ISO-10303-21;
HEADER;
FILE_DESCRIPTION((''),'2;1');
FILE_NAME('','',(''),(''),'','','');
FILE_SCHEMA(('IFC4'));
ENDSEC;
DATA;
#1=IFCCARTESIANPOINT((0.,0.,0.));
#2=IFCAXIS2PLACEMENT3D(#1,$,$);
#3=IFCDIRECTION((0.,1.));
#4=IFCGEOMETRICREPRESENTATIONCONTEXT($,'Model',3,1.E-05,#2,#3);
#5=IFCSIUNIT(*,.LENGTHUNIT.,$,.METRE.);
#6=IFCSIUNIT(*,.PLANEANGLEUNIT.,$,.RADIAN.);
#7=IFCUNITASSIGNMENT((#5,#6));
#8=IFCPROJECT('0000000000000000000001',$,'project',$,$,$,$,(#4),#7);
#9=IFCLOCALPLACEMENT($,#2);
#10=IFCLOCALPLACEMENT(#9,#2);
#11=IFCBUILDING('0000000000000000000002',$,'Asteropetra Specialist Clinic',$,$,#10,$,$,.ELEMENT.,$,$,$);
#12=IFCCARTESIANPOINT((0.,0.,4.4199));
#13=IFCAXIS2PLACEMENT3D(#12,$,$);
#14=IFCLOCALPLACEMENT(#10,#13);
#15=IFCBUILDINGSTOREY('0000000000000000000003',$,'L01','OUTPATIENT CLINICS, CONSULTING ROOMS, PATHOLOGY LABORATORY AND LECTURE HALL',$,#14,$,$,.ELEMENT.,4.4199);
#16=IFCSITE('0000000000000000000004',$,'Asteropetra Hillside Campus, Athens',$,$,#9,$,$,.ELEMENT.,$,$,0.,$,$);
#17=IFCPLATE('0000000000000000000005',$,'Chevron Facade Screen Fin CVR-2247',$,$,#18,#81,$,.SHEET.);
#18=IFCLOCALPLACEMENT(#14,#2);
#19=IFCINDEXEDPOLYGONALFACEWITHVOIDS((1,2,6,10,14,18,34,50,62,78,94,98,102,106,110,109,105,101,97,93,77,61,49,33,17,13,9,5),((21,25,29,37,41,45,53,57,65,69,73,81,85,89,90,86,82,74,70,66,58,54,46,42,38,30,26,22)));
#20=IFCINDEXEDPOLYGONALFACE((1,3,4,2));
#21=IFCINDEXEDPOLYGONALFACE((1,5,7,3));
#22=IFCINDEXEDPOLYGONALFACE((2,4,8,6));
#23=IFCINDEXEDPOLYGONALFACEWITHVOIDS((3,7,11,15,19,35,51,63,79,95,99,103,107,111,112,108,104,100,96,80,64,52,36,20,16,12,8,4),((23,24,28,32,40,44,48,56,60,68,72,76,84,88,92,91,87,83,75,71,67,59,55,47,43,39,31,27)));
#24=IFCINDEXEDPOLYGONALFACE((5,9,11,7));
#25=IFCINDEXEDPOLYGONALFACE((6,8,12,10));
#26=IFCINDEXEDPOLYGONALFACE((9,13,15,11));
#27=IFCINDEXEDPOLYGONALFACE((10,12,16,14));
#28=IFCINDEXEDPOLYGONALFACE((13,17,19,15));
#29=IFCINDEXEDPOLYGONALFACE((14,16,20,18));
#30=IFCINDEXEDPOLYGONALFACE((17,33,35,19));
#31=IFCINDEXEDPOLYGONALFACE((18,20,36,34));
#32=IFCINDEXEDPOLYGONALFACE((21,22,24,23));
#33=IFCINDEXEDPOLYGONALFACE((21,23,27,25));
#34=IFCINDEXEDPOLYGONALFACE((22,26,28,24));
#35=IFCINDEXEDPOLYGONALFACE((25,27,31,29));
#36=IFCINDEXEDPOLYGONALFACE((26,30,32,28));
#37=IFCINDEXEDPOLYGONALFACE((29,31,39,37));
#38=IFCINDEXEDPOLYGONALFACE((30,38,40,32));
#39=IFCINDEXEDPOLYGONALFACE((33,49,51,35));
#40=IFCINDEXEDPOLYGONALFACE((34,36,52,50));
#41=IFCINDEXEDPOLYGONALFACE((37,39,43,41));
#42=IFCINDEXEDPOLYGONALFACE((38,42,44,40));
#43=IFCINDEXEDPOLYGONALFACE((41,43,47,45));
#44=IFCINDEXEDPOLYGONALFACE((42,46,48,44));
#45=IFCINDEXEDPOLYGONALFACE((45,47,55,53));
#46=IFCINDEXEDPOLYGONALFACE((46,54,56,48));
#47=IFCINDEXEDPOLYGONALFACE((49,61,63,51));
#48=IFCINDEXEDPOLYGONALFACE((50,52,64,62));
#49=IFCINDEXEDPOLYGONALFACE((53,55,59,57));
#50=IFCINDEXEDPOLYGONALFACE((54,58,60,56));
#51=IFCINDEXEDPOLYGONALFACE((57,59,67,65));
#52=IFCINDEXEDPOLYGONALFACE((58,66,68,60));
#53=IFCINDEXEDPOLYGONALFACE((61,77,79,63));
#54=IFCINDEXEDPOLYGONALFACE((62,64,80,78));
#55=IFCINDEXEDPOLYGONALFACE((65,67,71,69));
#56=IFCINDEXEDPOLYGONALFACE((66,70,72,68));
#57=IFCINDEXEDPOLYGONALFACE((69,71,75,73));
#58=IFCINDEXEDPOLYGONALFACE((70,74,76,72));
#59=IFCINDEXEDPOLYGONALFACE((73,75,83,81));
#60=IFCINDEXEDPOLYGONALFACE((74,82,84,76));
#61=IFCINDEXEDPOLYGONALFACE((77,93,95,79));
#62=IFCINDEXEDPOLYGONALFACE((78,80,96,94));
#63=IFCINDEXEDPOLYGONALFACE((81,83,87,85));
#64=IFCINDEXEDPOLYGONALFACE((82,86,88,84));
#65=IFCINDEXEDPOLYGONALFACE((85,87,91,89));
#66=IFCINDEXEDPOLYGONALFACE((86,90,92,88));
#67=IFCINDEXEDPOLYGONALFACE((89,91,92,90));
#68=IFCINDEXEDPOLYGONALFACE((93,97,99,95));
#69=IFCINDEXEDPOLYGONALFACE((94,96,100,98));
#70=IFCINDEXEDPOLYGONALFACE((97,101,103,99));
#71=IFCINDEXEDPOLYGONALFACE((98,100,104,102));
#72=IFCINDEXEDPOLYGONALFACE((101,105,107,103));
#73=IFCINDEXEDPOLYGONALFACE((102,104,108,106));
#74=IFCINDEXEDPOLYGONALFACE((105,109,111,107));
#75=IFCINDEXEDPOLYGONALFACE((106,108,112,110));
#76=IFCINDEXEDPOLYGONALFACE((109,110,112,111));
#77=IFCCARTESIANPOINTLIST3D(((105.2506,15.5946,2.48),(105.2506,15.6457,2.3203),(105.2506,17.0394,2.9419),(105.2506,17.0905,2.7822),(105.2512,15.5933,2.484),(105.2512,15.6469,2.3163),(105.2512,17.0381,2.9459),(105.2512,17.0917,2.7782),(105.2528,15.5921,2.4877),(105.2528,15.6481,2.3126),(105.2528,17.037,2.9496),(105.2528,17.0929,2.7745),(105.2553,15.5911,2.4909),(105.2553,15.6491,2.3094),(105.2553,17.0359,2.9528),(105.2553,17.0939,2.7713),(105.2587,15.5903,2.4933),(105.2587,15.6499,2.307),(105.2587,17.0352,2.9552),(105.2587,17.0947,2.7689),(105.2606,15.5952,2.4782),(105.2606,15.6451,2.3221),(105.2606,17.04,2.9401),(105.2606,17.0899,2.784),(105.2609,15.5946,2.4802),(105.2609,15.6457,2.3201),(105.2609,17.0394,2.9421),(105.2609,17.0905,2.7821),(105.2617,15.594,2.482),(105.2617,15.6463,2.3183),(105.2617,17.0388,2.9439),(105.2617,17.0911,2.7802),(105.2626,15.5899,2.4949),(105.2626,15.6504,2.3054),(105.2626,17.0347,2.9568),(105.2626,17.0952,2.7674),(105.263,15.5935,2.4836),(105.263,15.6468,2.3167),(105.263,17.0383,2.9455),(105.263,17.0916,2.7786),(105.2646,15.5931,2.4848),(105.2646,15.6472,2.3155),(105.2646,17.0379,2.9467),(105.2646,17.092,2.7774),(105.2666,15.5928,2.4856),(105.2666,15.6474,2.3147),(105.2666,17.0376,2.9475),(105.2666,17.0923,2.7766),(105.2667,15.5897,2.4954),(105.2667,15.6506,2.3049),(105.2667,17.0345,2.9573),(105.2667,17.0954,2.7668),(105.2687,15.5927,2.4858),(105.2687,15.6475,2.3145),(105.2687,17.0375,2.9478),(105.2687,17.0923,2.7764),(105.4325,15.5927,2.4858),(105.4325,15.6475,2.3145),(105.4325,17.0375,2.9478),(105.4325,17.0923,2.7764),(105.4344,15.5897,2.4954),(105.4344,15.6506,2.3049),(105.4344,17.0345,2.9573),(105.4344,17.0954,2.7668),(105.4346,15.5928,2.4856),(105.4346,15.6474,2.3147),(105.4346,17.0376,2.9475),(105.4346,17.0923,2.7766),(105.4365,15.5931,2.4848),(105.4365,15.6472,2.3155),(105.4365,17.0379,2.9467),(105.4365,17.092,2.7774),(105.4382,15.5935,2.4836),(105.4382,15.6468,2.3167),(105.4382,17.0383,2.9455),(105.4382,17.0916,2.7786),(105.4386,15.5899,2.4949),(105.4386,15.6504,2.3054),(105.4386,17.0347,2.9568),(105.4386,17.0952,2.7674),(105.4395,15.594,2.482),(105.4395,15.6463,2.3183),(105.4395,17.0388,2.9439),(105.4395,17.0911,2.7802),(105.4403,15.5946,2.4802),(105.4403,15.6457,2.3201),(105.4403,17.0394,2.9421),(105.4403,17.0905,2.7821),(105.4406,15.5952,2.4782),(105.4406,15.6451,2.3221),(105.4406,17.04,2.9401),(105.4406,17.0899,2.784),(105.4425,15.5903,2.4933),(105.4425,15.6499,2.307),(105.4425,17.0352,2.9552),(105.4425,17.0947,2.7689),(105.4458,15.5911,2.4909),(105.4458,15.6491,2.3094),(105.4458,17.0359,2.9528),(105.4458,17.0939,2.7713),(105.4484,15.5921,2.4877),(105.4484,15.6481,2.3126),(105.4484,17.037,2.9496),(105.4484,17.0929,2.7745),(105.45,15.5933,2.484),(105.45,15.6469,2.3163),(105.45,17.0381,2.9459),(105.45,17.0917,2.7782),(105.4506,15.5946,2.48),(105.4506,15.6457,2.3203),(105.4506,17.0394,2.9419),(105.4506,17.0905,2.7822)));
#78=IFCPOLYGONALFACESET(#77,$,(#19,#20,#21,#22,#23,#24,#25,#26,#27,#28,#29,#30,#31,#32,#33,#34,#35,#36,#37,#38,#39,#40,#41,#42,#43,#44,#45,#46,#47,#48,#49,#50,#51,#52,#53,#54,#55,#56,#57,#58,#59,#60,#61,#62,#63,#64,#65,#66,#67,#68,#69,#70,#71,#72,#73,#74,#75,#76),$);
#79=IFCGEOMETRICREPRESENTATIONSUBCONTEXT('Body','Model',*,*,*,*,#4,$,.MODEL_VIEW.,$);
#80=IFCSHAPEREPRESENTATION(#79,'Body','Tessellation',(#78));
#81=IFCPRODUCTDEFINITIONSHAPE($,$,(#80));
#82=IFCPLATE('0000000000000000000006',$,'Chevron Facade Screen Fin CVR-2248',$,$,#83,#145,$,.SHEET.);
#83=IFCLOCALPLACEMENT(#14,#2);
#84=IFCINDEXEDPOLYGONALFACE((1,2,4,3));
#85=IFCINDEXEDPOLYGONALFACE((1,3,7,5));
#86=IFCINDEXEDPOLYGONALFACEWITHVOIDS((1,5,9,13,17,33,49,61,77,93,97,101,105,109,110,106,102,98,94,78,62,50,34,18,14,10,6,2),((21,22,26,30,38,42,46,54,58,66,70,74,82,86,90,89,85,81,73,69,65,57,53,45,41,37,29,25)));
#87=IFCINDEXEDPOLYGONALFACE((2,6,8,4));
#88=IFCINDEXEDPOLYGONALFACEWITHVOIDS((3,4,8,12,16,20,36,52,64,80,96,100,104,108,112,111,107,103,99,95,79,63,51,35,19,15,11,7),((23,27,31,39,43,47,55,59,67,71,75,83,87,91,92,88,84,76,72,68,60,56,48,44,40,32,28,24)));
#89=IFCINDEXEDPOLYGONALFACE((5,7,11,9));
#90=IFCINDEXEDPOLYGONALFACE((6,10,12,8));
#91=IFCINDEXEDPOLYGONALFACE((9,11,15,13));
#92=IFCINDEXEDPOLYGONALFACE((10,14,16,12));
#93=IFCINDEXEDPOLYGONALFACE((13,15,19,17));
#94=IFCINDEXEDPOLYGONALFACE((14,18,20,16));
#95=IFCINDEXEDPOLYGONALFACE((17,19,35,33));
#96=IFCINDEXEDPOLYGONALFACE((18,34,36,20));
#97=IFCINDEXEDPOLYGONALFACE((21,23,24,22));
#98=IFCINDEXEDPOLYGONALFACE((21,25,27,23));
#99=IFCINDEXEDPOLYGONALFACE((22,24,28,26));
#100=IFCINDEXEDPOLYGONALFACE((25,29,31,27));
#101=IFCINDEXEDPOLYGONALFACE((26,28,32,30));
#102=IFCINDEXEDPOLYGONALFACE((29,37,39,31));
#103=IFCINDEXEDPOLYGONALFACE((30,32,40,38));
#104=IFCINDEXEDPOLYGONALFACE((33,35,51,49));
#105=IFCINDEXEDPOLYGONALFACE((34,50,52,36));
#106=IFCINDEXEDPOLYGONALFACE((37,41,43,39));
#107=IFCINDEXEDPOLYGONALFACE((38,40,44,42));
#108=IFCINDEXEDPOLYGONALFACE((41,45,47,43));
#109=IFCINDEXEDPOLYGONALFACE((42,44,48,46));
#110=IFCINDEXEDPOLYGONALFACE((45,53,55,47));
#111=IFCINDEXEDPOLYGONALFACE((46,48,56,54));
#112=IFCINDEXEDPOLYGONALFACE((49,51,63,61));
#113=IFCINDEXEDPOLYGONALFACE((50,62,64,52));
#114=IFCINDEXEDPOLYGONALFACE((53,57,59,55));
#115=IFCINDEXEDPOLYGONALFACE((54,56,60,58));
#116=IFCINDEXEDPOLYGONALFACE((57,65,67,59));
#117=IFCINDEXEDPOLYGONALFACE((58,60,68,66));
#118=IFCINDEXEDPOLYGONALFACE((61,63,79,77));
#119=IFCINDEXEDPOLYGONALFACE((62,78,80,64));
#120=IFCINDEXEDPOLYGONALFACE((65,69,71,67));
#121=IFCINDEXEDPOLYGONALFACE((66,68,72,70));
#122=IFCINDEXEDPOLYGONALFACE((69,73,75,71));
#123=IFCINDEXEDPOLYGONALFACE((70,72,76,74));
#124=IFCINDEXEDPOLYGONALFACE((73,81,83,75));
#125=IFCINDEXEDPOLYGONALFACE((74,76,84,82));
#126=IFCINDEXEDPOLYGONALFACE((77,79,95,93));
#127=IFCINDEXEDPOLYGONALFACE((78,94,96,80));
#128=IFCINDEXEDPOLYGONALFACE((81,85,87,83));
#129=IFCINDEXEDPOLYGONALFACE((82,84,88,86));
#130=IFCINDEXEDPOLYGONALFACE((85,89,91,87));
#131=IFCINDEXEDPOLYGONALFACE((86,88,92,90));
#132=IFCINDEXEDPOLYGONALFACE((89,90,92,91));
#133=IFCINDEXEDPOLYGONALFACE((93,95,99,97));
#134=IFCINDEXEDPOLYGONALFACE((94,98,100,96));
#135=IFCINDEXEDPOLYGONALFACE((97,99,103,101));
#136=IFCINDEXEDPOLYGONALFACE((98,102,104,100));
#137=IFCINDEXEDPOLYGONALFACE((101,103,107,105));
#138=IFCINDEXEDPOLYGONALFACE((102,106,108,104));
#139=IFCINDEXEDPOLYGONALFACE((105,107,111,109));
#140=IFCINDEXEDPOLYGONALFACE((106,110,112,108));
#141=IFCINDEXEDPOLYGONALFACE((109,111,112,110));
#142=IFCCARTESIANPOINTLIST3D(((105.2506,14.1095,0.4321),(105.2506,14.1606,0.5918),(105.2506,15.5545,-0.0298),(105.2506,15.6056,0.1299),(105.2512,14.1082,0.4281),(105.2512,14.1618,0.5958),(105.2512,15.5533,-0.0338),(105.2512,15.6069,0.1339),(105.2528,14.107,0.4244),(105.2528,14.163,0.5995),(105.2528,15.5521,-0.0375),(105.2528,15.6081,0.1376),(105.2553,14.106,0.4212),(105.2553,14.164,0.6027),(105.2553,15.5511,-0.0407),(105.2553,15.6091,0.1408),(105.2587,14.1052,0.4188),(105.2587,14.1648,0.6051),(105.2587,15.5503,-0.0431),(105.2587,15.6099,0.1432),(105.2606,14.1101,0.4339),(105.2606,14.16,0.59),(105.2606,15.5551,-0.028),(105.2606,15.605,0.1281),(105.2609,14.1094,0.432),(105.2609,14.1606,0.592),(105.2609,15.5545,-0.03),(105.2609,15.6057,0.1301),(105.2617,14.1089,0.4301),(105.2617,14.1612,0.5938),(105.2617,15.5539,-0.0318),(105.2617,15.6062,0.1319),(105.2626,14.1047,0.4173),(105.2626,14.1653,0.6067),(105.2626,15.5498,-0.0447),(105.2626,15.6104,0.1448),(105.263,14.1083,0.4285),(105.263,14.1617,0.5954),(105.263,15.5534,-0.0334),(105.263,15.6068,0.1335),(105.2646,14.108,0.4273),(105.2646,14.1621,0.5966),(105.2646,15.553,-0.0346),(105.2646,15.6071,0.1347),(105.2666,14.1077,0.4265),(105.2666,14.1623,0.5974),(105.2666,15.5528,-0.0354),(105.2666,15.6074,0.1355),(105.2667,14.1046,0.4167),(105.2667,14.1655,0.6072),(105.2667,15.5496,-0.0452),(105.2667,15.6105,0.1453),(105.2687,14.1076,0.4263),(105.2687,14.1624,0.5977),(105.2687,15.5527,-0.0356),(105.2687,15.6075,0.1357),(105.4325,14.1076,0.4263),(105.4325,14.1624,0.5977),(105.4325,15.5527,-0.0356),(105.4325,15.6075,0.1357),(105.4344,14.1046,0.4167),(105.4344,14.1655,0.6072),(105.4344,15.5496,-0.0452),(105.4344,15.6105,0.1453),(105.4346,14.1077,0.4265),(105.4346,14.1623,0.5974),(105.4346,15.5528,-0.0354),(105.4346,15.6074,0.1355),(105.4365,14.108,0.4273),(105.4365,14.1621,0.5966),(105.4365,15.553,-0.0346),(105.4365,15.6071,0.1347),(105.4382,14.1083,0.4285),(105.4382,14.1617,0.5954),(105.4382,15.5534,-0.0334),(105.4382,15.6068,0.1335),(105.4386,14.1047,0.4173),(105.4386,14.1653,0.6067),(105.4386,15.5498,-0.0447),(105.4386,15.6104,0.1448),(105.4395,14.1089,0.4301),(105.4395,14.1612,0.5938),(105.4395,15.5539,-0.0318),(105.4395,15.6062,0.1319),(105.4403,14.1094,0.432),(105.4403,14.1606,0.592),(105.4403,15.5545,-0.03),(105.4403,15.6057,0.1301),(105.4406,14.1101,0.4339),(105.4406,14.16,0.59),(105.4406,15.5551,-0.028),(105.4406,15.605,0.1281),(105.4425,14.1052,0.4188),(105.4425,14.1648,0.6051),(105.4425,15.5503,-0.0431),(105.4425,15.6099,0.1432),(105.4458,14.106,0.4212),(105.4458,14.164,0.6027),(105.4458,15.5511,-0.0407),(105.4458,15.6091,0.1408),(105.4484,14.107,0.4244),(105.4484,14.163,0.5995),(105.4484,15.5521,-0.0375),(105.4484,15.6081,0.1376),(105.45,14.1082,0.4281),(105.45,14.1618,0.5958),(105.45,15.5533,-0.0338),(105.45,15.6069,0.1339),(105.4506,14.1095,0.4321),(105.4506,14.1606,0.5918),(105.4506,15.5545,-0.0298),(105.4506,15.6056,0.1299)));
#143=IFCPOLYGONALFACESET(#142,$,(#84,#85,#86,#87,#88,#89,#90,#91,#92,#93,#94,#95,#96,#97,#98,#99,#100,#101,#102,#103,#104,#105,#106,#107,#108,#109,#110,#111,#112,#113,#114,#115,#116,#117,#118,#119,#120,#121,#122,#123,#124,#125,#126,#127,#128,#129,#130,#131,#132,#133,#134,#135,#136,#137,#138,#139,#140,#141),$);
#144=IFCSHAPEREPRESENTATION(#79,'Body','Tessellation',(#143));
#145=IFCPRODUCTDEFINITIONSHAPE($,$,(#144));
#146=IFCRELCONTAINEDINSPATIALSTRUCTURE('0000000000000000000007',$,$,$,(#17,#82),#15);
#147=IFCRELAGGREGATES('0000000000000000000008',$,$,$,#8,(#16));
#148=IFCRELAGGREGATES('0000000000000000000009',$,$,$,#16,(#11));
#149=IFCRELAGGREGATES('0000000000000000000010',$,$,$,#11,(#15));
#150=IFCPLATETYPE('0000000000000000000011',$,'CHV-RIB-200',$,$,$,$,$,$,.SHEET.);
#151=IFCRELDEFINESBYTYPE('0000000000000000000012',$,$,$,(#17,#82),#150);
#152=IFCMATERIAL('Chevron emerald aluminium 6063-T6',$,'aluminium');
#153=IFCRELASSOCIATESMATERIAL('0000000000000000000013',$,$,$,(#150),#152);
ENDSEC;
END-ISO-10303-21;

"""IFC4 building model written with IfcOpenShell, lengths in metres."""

from ifc_helpers import new_model, si_unit, direction, frame, origin, origin_2d, place, context, subcontext, project, spatial, hollow_rectangle, extrude, material, material_profile, profile_set, type_object, element, save


model = new_model("IFC4")

# Units and contexts
model_context = context("Model", 3, precision=1e-05, world=origin(), true_north=direction((0.0, 1.0)))
body_context = subcontext(model_context, "Body", "Model", "MODEL_VIEW")
ifc_project = project(units=[si_unit("LENGTHUNIT", "METRE"), si_unit("PLANEANGLEUNIT", "RADIAN")], contexts=[model_context])

# Site, building, storey
site_placement = place(None, origin())
site = spatial("IfcSite", under=ifc_project, at=site_placement, Name="Asteropetra Hillside Campus, Athens", CompositionType="ELEMENT", RefElevation=0.0)
building_placement = place(site_placement, origin())
building = spatial("IfcBuilding", under=site, at=building_placement, Name="Asteropetra Specialist Clinic", CompositionType="ELEMENT")
storey_placement = place(building_placement, frame((0.0, 0.0, 4.4199)))
storey = spatial("IfcBuildingStorey", under=building, at=storey_placement, Name="L01", Description="OUTPATIENT CLINICS, CONSULTING ROOMS, PATHOLOGY LABORATORY AND LECTURE HALL", CompositionType="ELEMENT", Elevation=4.4199)

# Plates
ifc_material_1 = material(Name="Chevron emerald aluminium 6063-T6", Category="aluminium")
ifc_material_profile = material_profile(ifc_material_1, hollow_rectangle(XDim=0.2, YDim=0.2, WallThickness=0.01, InnerFilletRadius=0.0081, OuterFilletRadius=0.0161, at=origin_2d()), Name="SHS 200x200x10.0")
ifc_profile_set = profile_set([ifc_material_profile], Name="Chevron emerald aluminium 6063-T6")
plate_type = type_object("IfcPlateType", Name="CHV-RIB-200", PredefinedType="SHEET", material=ifc_profile_set)
plate_1_placement = place(storey_placement, frame((105.3506, 17.0649, 2.8621), z_axis=(0.0, -0.952506, -0.304519), x_axis=(1.0, 0.0, 0.0)))
element("IfcPlate", 1, at=plate_1_placement, inside=storey, type_object=plate_type, Name="Chevron Facade Screen Fin CVR-2247", PredefinedType="SHEET", context=body_context, shape_type="SweptSolid", body=[
    extrude(hollow_rectangle(XDim=0.2, YDim=0.2, WallThickness=0.01, InnerFilletRadius=0.0081, OuterFilletRadius=0.0161, at=origin_2d()), origin(), (0.0, 0.0, 1.0), 1.5168),
])
for number, where, z_axis, x_axis, name in (
    (2, (105.3506, 15.5801, 0.05), (0.0, -0.952521, 0.304472), (1.0, 0.0, 0.0), "Chevron Facade Screen Fin CVR-2248"),
):
    element("IfcPlate", number, at=place(storey_placement, frame(where, z_axis=z_axis, x_axis=x_axis)), inside=storey, type_object=plate_type, Name=name, PredefinedType="SHEET", context=body_context, shape_type="SweptSolid", body=[
        extrude(hollow_rectangle(XDim=0.2, YDim=0.2, WallThickness=0.01, InnerFilletRadius=0.0081, OuterFilletRadius=0.0161, at=origin_2d()), origin(), (0.0, 0.0, 1.0), 1.5171),
    ])

save(model, "model.ifc")
